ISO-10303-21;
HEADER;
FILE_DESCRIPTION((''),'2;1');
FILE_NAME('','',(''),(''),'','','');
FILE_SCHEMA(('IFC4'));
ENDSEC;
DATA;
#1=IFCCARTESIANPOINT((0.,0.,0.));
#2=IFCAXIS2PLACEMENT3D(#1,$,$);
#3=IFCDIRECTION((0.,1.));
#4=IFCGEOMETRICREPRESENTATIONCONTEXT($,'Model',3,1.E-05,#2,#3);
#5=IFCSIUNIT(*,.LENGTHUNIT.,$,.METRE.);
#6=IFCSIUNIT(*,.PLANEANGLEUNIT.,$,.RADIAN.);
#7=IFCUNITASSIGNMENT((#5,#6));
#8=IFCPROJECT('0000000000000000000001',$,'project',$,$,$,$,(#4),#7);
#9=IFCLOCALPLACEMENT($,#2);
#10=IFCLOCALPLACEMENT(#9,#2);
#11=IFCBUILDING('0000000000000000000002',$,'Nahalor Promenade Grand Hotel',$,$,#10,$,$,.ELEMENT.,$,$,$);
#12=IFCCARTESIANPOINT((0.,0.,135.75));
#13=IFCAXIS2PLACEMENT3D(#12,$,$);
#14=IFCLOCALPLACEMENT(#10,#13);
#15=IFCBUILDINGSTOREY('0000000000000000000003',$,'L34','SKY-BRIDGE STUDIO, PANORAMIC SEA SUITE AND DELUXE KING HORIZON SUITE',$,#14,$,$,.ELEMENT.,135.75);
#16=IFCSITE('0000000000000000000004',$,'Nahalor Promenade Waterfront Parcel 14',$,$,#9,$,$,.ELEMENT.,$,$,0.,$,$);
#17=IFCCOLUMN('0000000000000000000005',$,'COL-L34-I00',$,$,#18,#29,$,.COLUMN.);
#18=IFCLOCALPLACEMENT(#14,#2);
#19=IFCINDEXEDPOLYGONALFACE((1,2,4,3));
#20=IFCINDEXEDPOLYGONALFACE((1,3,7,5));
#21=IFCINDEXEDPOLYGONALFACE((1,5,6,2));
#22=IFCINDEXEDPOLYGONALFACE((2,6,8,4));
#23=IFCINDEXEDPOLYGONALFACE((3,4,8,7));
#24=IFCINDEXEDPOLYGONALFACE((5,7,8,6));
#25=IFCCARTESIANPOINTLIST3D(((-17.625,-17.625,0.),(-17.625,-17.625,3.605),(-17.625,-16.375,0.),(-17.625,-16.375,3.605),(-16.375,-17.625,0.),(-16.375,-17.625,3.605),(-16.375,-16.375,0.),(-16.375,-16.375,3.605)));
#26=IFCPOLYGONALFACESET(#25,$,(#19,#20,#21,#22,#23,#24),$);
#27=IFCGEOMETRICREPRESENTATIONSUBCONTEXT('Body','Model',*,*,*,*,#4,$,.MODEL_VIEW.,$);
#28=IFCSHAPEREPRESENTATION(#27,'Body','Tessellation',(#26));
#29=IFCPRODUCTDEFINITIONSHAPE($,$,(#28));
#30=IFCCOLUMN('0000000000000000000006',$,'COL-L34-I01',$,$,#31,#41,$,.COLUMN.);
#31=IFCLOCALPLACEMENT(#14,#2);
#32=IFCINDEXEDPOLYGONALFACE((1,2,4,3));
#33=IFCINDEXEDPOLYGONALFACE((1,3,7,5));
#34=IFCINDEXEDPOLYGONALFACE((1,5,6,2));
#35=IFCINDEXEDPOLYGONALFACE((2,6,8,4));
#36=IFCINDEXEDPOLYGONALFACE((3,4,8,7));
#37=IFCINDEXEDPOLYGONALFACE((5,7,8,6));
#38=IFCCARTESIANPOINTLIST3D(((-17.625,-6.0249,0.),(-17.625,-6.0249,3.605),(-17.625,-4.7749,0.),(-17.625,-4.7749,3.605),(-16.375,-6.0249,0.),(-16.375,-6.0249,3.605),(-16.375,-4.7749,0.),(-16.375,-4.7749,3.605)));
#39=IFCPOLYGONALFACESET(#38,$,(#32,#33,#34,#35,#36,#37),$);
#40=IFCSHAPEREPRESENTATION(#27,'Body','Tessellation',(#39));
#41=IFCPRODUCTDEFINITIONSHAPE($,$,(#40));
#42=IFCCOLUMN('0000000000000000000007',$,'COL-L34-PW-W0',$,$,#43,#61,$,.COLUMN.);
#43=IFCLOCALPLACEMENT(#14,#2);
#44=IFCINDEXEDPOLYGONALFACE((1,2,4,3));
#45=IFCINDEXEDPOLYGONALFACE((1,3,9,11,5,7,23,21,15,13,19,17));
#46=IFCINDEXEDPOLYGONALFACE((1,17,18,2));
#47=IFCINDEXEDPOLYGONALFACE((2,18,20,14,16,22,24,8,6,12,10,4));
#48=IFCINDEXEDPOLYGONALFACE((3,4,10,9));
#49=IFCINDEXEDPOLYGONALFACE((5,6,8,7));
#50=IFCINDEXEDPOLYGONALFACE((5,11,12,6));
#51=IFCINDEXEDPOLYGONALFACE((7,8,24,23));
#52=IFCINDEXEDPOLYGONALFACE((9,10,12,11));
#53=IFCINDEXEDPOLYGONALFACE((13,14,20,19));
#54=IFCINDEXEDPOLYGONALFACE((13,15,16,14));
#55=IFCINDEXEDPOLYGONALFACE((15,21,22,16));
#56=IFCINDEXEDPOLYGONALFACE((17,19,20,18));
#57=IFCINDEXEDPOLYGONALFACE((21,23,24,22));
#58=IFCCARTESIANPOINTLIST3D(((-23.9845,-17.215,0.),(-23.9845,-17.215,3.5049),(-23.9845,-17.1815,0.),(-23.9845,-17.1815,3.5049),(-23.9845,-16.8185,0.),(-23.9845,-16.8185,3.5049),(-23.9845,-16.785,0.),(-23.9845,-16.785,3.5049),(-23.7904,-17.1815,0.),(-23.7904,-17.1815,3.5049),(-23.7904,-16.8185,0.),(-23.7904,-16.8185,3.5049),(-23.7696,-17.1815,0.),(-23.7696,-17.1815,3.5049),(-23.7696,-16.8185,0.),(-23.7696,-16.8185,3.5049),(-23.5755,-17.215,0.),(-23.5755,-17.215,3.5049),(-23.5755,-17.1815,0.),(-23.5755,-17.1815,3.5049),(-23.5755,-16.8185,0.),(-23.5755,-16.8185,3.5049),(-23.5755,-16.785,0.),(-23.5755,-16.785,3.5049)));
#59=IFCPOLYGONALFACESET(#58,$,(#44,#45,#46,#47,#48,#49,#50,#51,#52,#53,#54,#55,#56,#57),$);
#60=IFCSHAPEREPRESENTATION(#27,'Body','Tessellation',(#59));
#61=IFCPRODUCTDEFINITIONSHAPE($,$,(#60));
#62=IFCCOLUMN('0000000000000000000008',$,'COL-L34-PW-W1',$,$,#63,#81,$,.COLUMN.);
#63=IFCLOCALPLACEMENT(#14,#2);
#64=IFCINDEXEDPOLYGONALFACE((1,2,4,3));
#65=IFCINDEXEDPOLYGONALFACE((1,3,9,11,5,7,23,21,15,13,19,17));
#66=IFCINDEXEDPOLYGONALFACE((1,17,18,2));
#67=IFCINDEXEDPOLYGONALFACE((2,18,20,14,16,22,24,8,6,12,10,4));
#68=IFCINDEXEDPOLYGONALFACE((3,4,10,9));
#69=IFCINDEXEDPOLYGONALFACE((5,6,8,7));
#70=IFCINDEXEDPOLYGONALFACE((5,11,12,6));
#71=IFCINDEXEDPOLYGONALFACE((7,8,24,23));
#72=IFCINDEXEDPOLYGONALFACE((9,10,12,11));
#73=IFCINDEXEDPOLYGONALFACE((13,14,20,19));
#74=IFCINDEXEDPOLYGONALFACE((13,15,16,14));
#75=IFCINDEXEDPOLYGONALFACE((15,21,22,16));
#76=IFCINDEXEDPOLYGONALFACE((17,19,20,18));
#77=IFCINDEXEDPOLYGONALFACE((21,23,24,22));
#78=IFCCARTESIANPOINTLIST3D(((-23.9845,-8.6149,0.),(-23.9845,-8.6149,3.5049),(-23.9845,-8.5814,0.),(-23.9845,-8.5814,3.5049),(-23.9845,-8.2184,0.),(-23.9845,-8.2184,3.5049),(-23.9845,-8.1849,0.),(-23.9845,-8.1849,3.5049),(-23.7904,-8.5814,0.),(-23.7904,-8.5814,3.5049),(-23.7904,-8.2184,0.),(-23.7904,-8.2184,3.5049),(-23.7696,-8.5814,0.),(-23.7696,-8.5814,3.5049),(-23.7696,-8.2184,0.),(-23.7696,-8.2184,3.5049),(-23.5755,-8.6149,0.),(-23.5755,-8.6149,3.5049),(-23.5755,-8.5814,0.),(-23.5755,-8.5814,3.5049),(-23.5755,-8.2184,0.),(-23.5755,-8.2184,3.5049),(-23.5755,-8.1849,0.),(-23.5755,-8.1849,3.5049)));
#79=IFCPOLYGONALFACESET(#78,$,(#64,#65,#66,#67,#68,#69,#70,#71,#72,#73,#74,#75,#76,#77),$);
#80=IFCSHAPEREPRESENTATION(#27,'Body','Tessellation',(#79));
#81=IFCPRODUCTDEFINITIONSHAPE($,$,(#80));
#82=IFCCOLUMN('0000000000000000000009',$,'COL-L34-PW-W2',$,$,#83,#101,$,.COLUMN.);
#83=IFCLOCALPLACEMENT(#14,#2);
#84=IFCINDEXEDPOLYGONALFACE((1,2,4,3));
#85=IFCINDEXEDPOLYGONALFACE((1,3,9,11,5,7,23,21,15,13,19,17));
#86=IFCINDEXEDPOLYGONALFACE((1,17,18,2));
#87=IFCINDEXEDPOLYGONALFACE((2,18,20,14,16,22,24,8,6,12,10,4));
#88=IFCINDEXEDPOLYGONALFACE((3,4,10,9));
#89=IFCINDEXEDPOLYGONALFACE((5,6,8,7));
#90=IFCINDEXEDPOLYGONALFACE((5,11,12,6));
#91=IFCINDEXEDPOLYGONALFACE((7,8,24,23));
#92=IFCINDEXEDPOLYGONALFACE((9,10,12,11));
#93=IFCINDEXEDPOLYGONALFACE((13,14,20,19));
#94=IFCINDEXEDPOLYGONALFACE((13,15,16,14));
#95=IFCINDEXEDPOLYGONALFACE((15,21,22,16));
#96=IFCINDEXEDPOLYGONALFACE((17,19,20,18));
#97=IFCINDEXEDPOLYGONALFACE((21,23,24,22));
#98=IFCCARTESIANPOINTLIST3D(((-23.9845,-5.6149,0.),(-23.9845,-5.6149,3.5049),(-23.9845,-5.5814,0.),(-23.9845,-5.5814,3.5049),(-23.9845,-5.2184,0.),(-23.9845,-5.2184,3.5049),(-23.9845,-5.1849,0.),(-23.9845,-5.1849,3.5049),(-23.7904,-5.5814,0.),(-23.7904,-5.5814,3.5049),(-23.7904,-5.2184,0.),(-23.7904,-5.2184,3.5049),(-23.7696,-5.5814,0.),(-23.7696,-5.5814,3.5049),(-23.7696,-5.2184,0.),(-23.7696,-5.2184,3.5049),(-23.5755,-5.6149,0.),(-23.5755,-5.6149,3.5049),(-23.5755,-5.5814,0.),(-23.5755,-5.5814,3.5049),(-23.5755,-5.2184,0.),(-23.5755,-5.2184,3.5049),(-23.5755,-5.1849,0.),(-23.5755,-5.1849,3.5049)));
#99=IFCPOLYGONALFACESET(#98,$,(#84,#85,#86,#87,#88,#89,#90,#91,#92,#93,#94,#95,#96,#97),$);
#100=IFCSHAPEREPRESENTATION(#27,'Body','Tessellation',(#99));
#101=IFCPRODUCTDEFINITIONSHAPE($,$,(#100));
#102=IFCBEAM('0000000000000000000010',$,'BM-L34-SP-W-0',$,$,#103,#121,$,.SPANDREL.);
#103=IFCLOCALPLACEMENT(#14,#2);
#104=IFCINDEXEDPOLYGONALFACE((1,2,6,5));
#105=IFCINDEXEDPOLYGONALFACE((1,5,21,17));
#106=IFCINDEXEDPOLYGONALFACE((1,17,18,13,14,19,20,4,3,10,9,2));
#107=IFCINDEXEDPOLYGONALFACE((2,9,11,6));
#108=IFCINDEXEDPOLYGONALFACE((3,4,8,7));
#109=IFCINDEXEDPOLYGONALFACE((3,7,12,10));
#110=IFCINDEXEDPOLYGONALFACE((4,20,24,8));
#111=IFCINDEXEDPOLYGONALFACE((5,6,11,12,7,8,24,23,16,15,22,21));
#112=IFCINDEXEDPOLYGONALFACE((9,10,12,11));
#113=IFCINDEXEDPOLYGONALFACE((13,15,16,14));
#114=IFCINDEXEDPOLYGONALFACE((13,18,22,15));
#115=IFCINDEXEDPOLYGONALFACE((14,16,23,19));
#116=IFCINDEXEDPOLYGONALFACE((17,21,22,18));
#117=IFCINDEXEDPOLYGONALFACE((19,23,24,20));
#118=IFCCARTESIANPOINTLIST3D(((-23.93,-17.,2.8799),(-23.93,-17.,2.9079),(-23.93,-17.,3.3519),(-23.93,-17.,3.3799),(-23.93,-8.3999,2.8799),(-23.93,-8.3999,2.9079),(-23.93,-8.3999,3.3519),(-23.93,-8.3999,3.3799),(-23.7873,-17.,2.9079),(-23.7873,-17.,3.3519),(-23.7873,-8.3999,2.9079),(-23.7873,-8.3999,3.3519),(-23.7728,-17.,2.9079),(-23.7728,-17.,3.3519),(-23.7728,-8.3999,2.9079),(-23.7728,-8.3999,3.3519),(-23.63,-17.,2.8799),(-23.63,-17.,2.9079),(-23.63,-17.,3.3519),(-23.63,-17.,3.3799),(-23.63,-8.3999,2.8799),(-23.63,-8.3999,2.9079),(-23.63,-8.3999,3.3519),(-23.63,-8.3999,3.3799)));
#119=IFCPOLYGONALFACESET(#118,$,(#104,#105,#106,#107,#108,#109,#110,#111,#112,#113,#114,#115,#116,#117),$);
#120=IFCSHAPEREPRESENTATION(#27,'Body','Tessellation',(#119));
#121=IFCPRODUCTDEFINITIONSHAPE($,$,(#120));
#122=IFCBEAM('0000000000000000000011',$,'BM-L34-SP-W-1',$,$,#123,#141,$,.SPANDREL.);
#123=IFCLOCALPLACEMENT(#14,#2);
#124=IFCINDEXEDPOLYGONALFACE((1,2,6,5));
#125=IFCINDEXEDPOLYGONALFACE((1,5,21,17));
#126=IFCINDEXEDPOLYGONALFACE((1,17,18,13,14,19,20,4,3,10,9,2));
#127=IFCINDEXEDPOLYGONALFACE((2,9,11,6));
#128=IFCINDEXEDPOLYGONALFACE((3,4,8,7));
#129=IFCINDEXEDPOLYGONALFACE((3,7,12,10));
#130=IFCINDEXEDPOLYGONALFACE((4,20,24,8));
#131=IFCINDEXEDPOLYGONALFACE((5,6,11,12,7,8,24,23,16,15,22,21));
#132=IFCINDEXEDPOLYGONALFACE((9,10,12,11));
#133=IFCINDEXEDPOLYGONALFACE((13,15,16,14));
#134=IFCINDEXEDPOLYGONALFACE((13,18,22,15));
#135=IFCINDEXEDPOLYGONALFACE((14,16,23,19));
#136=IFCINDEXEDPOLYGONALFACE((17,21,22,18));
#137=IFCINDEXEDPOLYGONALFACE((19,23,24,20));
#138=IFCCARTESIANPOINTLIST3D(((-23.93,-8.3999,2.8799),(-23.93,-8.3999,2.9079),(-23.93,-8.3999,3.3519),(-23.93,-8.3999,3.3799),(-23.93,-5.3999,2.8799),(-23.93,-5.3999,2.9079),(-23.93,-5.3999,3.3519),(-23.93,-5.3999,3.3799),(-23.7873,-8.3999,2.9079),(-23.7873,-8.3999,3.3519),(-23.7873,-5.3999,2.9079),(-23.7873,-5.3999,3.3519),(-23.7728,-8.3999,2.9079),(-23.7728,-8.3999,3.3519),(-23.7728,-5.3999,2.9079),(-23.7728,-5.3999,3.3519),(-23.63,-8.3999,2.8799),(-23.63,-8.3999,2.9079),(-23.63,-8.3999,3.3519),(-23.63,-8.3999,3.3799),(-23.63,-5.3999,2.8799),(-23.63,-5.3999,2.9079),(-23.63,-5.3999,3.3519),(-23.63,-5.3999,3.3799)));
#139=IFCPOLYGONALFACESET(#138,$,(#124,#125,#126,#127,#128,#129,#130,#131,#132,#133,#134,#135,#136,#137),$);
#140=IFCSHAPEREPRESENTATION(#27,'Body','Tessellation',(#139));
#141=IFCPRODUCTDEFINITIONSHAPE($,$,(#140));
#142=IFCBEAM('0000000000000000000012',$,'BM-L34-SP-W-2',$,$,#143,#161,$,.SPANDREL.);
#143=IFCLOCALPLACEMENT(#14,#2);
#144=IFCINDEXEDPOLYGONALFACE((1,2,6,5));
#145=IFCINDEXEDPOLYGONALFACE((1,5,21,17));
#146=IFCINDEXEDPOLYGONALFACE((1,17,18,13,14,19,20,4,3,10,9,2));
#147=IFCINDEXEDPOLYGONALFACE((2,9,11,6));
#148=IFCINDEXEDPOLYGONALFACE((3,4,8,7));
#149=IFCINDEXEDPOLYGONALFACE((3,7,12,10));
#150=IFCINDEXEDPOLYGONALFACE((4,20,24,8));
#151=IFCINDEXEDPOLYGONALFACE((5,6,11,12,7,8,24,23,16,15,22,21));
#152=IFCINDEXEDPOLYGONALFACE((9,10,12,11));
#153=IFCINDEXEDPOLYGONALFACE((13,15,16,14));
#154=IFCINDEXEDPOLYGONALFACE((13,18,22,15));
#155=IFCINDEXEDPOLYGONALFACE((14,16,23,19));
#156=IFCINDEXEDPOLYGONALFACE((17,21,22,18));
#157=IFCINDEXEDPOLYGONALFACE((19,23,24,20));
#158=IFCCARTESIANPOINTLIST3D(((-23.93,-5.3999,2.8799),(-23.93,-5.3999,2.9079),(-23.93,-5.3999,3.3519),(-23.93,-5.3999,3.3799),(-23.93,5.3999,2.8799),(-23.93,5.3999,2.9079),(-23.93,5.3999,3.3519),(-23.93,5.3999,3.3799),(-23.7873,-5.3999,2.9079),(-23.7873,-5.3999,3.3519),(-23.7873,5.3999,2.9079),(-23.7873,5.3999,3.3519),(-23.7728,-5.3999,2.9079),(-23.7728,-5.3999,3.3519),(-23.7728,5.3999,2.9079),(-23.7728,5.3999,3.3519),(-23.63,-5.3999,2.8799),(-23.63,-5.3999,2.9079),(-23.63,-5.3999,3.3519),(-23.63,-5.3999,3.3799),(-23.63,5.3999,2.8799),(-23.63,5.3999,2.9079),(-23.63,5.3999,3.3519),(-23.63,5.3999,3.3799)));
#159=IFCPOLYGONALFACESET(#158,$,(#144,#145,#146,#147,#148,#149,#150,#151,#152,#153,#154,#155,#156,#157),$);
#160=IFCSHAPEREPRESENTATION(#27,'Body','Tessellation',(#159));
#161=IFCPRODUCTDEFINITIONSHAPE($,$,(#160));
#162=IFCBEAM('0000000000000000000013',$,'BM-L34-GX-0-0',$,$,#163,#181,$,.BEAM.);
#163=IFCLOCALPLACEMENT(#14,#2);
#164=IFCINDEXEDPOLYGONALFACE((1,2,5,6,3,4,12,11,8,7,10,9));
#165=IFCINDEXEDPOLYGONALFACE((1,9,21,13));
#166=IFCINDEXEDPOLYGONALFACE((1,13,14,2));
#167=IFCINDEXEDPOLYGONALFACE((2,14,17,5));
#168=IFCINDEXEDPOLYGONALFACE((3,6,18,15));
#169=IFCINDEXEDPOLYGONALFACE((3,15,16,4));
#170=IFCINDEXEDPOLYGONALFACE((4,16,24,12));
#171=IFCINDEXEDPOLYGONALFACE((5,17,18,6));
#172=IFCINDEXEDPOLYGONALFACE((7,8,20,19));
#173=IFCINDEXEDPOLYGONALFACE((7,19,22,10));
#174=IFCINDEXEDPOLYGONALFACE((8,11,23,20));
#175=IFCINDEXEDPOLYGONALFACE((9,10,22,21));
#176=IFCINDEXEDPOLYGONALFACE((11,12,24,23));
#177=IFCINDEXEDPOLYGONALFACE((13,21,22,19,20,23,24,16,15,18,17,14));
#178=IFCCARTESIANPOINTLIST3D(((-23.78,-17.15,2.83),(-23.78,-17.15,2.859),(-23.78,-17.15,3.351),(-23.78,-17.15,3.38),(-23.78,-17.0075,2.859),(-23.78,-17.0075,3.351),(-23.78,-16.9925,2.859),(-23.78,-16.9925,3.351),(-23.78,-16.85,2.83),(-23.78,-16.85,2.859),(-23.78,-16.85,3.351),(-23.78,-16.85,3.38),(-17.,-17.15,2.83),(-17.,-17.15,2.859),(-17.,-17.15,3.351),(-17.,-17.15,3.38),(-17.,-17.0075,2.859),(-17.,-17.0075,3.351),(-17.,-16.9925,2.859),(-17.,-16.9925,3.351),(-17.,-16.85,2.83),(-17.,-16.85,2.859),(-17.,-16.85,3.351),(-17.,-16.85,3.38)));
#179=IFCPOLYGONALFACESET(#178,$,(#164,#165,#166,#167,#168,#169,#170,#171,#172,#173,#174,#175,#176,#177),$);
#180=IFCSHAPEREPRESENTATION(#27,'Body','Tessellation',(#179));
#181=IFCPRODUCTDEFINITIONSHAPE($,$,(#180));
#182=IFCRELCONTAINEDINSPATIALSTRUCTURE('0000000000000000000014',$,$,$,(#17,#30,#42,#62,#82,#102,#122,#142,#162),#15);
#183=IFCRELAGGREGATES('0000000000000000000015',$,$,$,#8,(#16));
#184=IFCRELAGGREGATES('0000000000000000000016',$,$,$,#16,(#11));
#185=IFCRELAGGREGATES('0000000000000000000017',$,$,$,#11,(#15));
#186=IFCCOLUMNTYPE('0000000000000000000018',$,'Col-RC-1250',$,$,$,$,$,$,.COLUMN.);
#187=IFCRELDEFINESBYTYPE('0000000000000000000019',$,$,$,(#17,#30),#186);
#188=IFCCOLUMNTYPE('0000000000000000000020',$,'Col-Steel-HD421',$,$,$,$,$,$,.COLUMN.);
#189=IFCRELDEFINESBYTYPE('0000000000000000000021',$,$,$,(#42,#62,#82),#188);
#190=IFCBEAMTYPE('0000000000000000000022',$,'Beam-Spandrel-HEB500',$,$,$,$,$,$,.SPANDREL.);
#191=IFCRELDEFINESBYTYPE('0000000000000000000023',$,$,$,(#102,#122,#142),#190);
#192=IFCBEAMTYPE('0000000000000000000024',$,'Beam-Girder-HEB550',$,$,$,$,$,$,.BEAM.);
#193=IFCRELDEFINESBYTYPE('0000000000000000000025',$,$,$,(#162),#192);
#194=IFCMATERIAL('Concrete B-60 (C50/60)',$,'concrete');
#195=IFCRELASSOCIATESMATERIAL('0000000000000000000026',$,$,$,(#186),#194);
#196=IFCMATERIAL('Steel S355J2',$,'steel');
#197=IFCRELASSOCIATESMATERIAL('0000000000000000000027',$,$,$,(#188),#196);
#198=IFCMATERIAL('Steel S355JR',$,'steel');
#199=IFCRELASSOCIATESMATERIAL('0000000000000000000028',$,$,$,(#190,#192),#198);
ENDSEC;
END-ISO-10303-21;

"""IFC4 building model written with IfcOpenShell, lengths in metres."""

from ifc_helpers import new_model, si_unit, direction, frame, origin, origin_2d, place, context, subcontext, project, spatial, rectangle, i_section, extrude, source, transform, mapped, material, material_profile, profile_set, type_object, element, save


model = new_model("IFC4")

# Units and contexts
model_context = context("Model", 3, precision=1e-05, world=origin(), true_north=direction((0.0, 1.0)))
body_context = subcontext(model_context, "Body", "Model", "MODEL_VIEW")
ifc_project = project(units=[si_unit("LENGTHUNIT", "METRE"), si_unit("PLANEANGLEUNIT", "RADIAN")], contexts=[model_context])

# Site, building, storey
site_placement = place(None, origin())
site = spatial("IfcSite", under=ifc_project, at=site_placement, Name="Nahalor Promenade Waterfront Parcel 14", CompositionType="ELEMENT", RefElevation=0.0)
building_placement = place(site_placement, origin())
building = spatial("IfcBuilding", under=site, at=building_placement, Name="Nahalor Promenade Grand Hotel", CompositionType="ELEMENT")
storey_placement = place(building_placement, frame((0.0, 0.0, 135.75)))
storey = spatial("IfcBuildingStorey", under=building, at=storey_placement, Name="L34", Description="SKY-BRIDGE STUDIO, PANORAMIC SEA SUITE AND DELUXE KING HORIZON SUITE", CompositionType="ELEMENT", Elevation=135.75)

# Columns
ifc_material_1 = material(Name="Concrete B-60 (C50/60)", Category="concrete")
ifc_material_profile_1 = material_profile(ifc_material_1, rectangle(XDim=1.25, YDim=1.25, at=origin_2d()), Name="RC 1250x1250")
ifc_profile_set_1 = profile_set([ifc_material_profile_1], Name="Concrete B-60 (C50/60)")
column_type_1 = type_object("IfcColumnType", Name="Col-RC-1250", PredefinedType="COLUMN", material=ifc_profile_set_1)
shared_shape_1 = source(origin(), body_context, "Body", "SweptSolid", [
    extrude(rectangle(XDim=1.25, YDim=1.25, at=origin_2d()), origin(), (0.0, 0.0, 1.0), 3.605),
])
for number, where, z_axis, x_axis, name in (
    (1, (-17.0, -17.0, 0.0), (0.0, 0.0, 1.0), (1.0, 0.0, 0.0), "COL-L34-I00"),
    (2, (-17.0, -5.3999, 0.0), (0.0, 0.0, 1.0), (1.0, 0.0, 0.0), "COL-L34-I01"),
):
    element("IfcColumn", number, at=place(storey_placement, frame(where, z_axis=z_axis, x_axis=x_axis)), inside=storey, type_object=column_type_1, Name=name, PredefinedType="COLUMN", context=body_context, shape_type="MappedRepresentation", body=[
        mapped(shared_shape_1, transform((0.0, 0.0, 0.0), scale=1.0)),
    ])
ifc_material_2 = material(Name="Steel S355J2", Category="steel")
ifc_material_profile_2 = material_profile(ifc_material_2, i_section(OverallWidth=0.409, OverallDepth=0.43, WebThickness=0.0208, FlangeThickness=0.0335, at=origin_2d()), Name="HD 400x421")
ifc_profile_set_2 = profile_set([ifc_material_profile_2], Name="Steel S355J2")
column_type_2 = type_object("IfcColumnType", Name="Col-Steel-HD421", PredefinedType="COLUMN", material=ifc_profile_set_2)
shared_shape_2 = source(origin(), body_context, "Body", "SweptSolid", [
    extrude(i_section(OverallWidth=0.409, OverallDepth=0.43, WebThickness=0.0208, FlangeThickness=0.0335, at=origin_2d()), origin(), (0.0, 0.0, 1.0), 3.5049),
])
for number, where, z_axis, x_axis, name in (
    (3, (-23.78, -17.0, 0.0), (0.0, 0.0, 1.0), (1.0, 0.0, 0.0), "COL-L34-PW-W0"),
    (4, (-23.78, -8.3999, 0.0), (0.0, 0.0, 1.0), (1.0, 0.0, 0.0), "COL-L34-PW-W1"),
    (5, (-23.78, -5.3999, 0.0), (0.0, 0.0, 1.0), (1.0, 0.0, 0.0), "COL-L34-PW-W2"),
):
    element("IfcColumn", number, at=place(storey_placement, frame(where, z_axis=z_axis, x_axis=x_axis)), inside=storey, type_object=column_type_2, Name=name, PredefinedType="COLUMN", context=body_context, shape_type="MappedRepresentation", body=[
        mapped(shared_shape_2, transform((0.0, 0.0, 0.0), scale=1.0)),
    ])

# Beams
ifc_material_3 = material(Name="Steel S355JR", Category="steel")
ifc_material_profile_3 = material_profile(ifc_material_3, i_section(OverallWidth=0.3, OverallDepth=0.5, WebThickness=0.0145, FlangeThickness=0.028, at=origin_2d()), Name="HEB 500")
ifc_profile_set_3 = profile_set([ifc_material_profile_3], Name="Steel S355JR")
beam_type_1 = type_object("IfcBeamType", Name="Beam-Spandrel-HEB500", PredefinedType="SPANDREL", material=ifc_profile_set_3)
shared_shape_3 = source(origin(), body_context, "Body", "SweptSolid", [
    extrude(i_section(OverallWidth=0.3, OverallDepth=0.5, WebThickness=0.0145, FlangeThickness=0.028, at=origin_2d()), origin(), (0.0, 0.0, 1.0), 8.6001),
])
beam_1_placement = place(storey_placement, frame((-23.78, -17.0, 3.1299), z_axis=(0.0, 1.0, 0.0), x_axis=(-1.0, 0.0, 0.0)))
element("IfcBeam", 6, at=beam_1_placement, inside=storey, type_object=beam_type_1, Name="BM-L34-SP-W-0", PredefinedType="SPANDREL", context=body_context, shape_type="MappedRepresentation", body=[
    mapped(shared_shape_3, transform((0.0, 0.0, 0.0), scale=1.0)),
])
shared_shape_4 = source(origin(), body_context, "Body", "SweptSolid", [
    extrude(i_section(OverallWidth=0.3, OverallDepth=0.5, WebThickness=0.0145, FlangeThickness=0.028, at=origin_2d()), origin(), (0.0, 0.0, 1.0), 3.0),
])
beam_2_placement = place(storey_placement, frame((-23.78, -8.3999, 3.1299), z_axis=(0.0, 1.0, 0.0), x_axis=(-1.0, 0.0, 0.0)))
element("IfcBeam", 7, at=beam_2_placement, inside=storey, type_object=beam_type_1, Name="BM-L34-SP-W-1", PredefinedType="SPANDREL", context=body_context, shape_type="MappedRepresentation", body=[
    mapped(shared_shape_4, transform((0.0, 0.0, 0.0), scale=1.0)),
])
shared_shape_5 = source(origin(), body_context, "Body", "SweptSolid", [
    extrude(i_section(OverallWidth=0.3, OverallDepth=0.5, WebThickness=0.0145, FlangeThickness=0.028, at=origin_2d()), origin(), (0.0, 0.0, 1.0), 10.7998),
])
beam_3_placement = place(storey_placement, frame((-23.78, -5.3999, 3.1299), z_axis=(0.0, 1.0, 0.0), x_axis=(-1.0, 0.0, 0.0)))
element("IfcBeam", 8, at=beam_3_placement, inside=storey, type_object=beam_type_1, Name="BM-L34-SP-W-2", PredefinedType="SPANDREL", context=body_context, shape_type="MappedRepresentation", body=[
    mapped(shared_shape_5, transform((0.0, 0.0, 0.0), scale=1.0)),
])
ifc_material_profile_4 = material_profile(ifc_material_3, i_section(OverallWidth=0.3, OverallDepth=0.55, WebThickness=0.015, FlangeThickness=0.029, at=origin_2d()), Name="HEB 550")
ifc_profile_set_4 = profile_set([ifc_material_profile_4], Name="Steel S355JR")
beam_type_2 = type_object("IfcBeamType", Name="Beam-Girder-HEB550", PredefinedType="BEAM", material=ifc_profile_set_4)
shared_shape_6 = source(origin(), body_context, "Body", "SweptSolid", [
    extrude(i_section(OverallWidth=0.3, OverallDepth=0.55, WebThickness=0.015, FlangeThickness=0.029, at=origin_2d()), origin(), (0.0, 0.0, 1.0), 6.78),
])
for number, where, z_axis, x_axis, name in (
    (9, (-23.78, -17.0, 3.105), (1.0, 0.0, 0.0), (0.0, 1.0, 0.0), "BM-L34-GX-0-0"),
):
    element("IfcBeam", number, at=place(storey_placement, frame(where, z_axis=z_axis, x_axis=x_axis)), inside=storey, type_object=beam_type_2, Name=name, PredefinedType="BEAM", context=body_context, shape_type="MappedRepresentation", body=[
        mapped(shared_shape_6, transform((0.0, 0.0, 0.0), scale=1.0)),
    ])

save(model, "model.ifc")
